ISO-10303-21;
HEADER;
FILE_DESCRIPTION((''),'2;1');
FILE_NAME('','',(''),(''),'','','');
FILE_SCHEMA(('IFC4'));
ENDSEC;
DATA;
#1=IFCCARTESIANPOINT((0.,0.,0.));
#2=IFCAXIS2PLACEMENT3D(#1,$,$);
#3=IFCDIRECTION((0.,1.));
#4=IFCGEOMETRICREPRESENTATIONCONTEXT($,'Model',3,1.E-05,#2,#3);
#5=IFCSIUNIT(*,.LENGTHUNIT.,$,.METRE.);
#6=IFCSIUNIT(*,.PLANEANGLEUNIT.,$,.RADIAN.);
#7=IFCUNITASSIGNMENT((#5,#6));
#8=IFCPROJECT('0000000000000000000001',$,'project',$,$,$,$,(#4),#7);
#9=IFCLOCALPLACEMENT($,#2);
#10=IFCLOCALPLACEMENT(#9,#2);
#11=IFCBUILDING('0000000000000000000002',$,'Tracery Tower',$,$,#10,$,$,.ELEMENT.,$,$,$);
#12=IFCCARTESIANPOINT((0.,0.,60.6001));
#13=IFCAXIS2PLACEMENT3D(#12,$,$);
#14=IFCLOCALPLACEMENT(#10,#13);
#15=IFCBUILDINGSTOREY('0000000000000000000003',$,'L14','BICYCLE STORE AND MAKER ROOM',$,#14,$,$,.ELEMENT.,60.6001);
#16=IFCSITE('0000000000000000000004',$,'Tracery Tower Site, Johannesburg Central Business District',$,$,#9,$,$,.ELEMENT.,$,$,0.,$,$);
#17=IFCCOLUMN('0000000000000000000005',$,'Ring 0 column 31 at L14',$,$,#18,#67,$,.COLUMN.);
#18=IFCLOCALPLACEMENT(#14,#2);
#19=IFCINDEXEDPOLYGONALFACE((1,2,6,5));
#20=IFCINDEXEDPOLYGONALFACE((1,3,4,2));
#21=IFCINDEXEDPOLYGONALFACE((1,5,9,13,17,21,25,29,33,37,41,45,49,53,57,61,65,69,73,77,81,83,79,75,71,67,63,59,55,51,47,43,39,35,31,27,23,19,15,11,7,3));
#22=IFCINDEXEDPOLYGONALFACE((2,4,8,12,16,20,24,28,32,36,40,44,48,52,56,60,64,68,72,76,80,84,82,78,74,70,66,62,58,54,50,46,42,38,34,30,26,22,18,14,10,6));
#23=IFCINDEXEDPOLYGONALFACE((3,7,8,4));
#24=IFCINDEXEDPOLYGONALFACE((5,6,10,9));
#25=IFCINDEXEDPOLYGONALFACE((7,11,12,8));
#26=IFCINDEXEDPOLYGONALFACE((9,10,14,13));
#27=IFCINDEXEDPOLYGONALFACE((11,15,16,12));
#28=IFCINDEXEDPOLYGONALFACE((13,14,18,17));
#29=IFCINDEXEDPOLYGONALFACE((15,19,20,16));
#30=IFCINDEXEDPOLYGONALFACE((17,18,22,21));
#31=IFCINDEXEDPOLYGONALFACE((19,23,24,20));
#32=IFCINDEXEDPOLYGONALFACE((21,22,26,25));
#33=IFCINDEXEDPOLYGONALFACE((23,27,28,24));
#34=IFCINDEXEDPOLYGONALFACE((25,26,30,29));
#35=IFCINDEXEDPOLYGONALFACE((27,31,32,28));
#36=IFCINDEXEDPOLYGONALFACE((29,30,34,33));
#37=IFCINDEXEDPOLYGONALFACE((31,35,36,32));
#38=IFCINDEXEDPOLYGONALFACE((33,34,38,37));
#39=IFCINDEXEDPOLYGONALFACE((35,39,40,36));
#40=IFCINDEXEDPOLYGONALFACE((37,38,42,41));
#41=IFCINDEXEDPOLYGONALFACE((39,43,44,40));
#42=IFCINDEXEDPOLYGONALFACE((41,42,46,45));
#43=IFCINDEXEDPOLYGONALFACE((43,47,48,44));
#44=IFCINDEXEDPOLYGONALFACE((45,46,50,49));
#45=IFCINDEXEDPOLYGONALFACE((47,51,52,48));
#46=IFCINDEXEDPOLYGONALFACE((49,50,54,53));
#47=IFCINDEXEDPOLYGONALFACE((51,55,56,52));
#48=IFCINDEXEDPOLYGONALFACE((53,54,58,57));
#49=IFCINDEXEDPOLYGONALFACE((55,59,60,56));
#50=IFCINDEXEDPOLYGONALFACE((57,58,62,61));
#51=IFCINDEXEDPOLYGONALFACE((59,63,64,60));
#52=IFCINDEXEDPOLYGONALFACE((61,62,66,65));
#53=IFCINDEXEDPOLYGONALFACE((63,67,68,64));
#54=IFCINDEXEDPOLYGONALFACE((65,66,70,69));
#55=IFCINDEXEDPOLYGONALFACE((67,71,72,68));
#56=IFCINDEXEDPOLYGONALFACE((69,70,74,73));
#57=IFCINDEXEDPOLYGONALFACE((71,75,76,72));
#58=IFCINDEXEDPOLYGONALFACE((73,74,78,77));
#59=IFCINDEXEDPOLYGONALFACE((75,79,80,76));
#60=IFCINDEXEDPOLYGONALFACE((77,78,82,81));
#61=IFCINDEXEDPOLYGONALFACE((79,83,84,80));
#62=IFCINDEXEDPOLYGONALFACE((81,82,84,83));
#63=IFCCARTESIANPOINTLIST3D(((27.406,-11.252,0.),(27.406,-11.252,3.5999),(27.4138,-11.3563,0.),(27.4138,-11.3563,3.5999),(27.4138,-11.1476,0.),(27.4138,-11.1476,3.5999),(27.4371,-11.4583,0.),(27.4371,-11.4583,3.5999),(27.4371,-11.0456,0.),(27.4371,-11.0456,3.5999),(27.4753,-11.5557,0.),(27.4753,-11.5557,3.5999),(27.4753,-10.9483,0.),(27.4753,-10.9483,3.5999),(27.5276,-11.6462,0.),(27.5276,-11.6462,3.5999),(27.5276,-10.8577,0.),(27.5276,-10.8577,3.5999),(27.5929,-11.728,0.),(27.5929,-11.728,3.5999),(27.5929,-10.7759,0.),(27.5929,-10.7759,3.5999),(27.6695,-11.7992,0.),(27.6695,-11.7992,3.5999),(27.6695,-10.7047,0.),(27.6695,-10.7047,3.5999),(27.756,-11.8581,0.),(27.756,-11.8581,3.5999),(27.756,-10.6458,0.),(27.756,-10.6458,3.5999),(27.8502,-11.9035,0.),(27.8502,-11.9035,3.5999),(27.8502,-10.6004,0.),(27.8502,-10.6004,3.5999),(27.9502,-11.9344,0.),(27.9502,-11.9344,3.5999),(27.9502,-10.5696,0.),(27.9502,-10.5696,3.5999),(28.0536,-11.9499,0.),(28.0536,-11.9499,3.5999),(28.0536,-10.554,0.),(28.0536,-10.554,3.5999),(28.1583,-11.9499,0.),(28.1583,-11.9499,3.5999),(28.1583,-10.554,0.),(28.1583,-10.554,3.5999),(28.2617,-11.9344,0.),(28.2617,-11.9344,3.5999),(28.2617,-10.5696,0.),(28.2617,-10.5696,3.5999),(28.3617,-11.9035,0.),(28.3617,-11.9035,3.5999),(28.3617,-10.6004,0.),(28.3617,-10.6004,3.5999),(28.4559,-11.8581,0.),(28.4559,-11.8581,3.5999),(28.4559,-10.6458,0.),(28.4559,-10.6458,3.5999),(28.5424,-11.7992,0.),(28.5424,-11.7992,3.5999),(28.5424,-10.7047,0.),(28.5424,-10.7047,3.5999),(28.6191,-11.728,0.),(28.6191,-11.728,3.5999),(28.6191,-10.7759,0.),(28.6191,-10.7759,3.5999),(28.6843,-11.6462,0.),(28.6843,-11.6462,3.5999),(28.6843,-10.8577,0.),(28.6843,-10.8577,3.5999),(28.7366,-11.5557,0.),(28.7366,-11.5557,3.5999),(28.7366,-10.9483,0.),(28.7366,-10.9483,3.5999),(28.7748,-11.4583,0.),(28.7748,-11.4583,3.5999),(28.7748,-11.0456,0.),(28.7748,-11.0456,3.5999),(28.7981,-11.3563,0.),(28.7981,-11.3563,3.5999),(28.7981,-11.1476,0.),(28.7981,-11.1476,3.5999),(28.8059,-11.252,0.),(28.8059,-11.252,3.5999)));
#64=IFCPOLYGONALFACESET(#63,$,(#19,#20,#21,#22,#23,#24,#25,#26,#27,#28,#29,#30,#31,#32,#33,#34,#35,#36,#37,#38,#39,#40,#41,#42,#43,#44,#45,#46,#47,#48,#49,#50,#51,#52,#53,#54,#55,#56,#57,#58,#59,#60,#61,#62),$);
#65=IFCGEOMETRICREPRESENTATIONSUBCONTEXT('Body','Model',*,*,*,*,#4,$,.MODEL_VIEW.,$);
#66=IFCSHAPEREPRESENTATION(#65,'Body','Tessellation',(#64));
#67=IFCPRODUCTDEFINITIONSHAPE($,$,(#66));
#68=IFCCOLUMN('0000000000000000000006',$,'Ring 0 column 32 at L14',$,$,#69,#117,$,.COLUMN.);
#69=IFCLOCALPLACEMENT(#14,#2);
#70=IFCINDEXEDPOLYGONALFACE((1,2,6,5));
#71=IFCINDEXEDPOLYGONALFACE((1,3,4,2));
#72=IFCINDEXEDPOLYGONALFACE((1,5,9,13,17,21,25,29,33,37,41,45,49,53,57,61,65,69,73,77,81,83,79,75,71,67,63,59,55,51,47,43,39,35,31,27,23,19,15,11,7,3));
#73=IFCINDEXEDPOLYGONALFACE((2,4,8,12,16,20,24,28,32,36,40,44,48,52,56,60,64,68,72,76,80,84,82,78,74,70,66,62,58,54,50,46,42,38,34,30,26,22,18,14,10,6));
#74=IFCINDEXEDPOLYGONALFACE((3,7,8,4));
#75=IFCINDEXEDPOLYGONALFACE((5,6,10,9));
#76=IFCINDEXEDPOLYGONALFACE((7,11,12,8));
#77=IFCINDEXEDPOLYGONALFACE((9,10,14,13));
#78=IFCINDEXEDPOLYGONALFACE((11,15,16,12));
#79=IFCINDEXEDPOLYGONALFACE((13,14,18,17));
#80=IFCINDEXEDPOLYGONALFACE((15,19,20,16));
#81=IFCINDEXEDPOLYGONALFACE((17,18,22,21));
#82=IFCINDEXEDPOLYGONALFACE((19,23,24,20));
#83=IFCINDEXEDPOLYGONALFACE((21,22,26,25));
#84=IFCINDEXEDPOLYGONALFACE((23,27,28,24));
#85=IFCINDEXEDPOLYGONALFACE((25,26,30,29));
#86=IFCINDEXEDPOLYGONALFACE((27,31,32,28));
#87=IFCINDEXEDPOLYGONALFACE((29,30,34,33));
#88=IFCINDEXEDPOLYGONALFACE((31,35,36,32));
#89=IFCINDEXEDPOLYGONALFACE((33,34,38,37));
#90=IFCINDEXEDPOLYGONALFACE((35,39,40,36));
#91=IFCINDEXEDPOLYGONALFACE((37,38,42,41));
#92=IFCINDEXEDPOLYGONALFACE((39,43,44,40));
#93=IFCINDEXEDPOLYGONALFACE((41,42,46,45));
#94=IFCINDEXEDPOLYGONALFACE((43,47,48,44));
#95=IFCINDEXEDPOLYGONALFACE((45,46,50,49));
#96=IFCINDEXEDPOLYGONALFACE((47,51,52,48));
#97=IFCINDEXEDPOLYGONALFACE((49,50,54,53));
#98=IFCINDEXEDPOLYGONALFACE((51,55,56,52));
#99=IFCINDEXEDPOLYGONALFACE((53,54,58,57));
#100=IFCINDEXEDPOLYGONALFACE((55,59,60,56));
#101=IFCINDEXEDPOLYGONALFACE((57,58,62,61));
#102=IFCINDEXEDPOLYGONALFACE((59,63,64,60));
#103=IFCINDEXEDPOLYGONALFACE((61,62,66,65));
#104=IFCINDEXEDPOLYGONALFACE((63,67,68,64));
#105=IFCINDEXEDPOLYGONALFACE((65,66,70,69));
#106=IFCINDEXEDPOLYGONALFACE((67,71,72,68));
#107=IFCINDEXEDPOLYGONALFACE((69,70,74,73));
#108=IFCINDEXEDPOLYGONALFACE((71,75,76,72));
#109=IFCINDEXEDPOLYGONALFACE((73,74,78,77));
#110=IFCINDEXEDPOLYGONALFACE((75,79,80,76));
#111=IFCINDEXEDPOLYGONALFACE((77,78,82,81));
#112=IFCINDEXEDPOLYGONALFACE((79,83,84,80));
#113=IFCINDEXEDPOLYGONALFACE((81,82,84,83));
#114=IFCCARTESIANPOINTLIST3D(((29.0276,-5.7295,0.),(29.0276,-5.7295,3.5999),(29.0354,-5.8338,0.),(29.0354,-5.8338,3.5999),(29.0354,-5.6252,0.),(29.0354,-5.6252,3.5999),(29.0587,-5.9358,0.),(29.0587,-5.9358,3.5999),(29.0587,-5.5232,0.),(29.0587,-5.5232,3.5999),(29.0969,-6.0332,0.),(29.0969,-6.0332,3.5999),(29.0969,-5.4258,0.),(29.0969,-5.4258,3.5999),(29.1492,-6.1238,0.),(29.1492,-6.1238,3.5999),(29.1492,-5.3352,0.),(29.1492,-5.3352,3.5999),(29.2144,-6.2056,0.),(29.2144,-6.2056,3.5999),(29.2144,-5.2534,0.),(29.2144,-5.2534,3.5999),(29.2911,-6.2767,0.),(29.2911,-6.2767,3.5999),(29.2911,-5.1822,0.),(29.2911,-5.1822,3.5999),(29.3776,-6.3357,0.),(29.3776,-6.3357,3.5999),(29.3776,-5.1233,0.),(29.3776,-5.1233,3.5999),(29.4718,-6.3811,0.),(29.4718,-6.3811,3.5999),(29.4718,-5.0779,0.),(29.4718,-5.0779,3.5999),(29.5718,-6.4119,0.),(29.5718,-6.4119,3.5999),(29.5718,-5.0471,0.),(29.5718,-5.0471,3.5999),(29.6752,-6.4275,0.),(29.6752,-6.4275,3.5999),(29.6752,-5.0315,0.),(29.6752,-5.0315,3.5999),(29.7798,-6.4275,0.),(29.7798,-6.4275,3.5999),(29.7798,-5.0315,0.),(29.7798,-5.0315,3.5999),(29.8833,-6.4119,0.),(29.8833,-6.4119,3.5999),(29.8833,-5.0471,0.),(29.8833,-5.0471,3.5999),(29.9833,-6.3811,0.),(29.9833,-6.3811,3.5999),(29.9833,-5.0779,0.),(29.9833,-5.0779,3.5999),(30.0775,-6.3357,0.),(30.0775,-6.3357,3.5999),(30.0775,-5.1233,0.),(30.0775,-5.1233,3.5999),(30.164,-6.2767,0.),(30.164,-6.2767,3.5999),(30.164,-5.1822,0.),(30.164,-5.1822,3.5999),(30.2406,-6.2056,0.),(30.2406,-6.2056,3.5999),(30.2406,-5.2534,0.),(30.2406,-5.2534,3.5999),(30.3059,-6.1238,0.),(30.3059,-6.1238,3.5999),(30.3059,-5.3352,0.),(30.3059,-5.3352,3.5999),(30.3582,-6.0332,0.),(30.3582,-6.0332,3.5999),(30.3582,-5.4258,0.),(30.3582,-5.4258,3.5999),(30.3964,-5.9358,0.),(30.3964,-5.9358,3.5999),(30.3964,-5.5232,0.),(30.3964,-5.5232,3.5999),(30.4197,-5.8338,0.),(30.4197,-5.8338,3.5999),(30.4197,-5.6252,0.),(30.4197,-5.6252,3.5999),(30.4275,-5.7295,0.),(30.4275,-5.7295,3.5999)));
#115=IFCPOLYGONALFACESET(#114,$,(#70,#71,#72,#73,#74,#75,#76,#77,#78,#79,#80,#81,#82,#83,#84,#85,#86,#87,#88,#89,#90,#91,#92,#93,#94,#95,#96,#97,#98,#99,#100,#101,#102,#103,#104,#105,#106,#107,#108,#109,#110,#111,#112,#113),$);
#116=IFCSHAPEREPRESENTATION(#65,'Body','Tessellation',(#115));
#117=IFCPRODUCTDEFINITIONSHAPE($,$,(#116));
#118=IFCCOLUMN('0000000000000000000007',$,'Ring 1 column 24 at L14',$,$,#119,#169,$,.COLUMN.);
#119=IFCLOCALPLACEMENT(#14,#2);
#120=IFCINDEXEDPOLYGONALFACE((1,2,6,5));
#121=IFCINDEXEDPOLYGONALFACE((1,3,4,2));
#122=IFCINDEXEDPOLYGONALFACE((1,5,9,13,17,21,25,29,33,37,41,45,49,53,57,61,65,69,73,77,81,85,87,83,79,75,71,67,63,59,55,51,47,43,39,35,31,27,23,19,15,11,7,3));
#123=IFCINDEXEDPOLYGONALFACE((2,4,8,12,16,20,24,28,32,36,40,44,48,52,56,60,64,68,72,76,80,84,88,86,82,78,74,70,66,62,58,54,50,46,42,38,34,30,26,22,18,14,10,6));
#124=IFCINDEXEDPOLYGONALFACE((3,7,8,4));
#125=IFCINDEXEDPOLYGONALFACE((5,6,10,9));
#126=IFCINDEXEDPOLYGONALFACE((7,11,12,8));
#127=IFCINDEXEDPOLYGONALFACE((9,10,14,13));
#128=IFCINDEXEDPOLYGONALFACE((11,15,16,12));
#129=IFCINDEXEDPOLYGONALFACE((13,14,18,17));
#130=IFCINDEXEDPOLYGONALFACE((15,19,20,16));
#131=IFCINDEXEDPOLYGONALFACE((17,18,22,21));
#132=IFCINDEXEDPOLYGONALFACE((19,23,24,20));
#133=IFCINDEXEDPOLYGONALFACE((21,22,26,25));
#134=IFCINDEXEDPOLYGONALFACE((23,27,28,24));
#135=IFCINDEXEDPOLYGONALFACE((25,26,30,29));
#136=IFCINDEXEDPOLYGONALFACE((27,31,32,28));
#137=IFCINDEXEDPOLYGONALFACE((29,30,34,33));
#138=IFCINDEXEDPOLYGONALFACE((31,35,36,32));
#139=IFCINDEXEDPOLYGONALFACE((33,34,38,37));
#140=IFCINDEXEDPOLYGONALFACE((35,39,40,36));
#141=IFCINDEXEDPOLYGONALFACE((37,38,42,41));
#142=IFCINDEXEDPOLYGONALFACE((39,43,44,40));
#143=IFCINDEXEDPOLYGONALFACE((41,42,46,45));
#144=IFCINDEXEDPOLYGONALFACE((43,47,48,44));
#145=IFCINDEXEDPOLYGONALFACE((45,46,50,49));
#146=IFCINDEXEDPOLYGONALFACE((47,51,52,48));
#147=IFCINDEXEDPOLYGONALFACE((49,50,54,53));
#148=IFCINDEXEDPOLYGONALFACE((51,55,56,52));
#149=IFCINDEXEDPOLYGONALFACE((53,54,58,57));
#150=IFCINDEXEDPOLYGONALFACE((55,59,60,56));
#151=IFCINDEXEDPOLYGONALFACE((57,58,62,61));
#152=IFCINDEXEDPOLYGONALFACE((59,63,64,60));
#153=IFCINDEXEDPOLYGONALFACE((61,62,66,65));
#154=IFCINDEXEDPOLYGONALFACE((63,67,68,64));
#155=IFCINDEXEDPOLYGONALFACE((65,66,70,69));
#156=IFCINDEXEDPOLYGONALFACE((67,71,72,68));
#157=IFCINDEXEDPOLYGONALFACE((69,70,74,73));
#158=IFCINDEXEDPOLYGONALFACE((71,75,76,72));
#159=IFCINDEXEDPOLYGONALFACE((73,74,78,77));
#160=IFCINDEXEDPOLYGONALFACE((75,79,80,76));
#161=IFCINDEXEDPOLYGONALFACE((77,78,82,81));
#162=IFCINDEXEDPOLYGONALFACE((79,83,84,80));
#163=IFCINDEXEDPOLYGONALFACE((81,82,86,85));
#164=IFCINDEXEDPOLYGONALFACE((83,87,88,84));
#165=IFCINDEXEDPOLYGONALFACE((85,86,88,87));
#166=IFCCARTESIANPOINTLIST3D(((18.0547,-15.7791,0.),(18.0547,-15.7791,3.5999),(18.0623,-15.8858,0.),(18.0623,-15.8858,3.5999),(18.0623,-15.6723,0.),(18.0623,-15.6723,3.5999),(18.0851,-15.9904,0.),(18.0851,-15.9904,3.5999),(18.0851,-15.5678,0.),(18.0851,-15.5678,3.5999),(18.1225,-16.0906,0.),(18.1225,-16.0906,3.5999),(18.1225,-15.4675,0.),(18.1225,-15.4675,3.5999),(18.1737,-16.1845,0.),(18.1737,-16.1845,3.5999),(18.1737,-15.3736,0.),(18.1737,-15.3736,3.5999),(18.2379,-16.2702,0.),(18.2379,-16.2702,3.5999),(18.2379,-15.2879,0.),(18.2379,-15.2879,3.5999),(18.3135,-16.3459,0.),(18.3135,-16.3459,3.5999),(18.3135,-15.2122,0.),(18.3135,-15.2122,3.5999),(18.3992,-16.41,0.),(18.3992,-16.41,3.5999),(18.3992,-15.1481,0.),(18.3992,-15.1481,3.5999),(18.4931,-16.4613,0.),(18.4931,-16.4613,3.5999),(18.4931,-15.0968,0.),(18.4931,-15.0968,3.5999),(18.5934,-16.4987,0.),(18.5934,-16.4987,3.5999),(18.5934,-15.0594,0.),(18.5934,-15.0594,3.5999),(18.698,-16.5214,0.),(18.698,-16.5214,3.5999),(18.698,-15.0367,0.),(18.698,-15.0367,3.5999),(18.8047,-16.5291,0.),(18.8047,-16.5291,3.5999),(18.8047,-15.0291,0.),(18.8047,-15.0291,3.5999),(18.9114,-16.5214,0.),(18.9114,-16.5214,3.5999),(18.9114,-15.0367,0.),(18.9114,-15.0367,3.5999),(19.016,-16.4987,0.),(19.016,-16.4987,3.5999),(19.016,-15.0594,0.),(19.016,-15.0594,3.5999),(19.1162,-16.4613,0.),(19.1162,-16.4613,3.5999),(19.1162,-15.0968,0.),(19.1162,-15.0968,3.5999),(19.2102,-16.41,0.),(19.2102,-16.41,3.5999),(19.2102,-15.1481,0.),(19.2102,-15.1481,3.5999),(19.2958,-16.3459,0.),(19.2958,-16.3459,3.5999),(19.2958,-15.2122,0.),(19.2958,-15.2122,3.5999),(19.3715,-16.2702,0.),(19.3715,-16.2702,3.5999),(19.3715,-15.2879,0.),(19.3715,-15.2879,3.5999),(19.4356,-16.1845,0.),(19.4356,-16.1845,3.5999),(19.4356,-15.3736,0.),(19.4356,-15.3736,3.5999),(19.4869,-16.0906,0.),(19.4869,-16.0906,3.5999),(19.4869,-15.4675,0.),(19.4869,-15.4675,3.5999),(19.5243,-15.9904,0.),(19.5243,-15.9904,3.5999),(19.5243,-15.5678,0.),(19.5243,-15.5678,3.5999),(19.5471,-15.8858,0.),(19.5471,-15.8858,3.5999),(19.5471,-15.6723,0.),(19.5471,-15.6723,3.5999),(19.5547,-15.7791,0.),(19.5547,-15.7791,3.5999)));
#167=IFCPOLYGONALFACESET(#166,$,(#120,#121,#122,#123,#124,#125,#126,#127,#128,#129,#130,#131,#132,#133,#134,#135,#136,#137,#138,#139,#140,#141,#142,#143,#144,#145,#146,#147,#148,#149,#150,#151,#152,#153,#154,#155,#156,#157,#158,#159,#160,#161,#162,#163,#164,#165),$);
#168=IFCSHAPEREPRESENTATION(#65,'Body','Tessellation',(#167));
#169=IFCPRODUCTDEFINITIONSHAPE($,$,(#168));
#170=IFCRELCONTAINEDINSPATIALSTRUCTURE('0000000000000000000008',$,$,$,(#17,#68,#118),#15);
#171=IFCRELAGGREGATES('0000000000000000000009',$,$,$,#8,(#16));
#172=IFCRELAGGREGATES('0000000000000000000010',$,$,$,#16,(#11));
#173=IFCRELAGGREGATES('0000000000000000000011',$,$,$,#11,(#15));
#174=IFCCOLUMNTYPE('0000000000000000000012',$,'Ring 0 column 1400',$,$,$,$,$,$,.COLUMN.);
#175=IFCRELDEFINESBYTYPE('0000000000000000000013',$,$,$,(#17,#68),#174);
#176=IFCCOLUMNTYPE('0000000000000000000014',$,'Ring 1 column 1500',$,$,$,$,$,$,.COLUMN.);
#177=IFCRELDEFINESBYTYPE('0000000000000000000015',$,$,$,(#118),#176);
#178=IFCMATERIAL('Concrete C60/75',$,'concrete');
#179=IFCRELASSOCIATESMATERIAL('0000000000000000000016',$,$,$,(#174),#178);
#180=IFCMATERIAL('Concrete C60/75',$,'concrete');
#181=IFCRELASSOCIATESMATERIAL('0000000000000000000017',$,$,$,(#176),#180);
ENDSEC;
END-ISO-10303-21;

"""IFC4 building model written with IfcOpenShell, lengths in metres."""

from ifc_helpers import new_model, si_unit, direction, frame, origin, origin_2d, place, context, subcontext, project, spatial, circle, extrude, material, material_profile, profile_set, type_object, element, save


model = new_model("IFC4")

# Units and contexts
model_context = context("Model", 3, precision=1e-05, world=origin(), true_north=direction((0.0, 1.0)))
body_context = subcontext(model_context, "Body", "Model", "MODEL_VIEW")
ifc_project = project(units=[si_unit("LENGTHUNIT", "METRE"), si_unit("PLANEANGLEUNIT", "RADIAN")], contexts=[model_context])

# Site, building, storey
site_placement = place(None, origin())
site = spatial("IfcSite", under=ifc_project, at=site_placement, Name="Tracery Tower Site, Johannesburg Central Business District", CompositionType="ELEMENT", RefElevation=0.0)
building_placement = place(site_placement, origin())
building = spatial("IfcBuilding", under=site, at=building_placement, Name="Tracery Tower", CompositionType="ELEMENT")
storey_placement = place(building_placement, frame((0.0, 0.0, 60.6001)))
storey = spatial("IfcBuildingStorey", under=building, at=storey_placement, Name="L14", Description="BICYCLE STORE AND MAKER ROOM", CompositionType="ELEMENT", Elevation=60.6001)

# Columns
ifc_material_1 = material(Name="Concrete C60/75", Category="concrete")
ifc_material_profile_1 = material_profile(ifc_material_1, circle(Radius=0.7, at=origin_2d()), Name="RC D1400")
ifc_profile_set_1 = profile_set([ifc_material_profile_1], Name="Concrete C60/75")
column_type_1 = type_object("IfcColumnType", Name="Ring 0 column 1400", PredefinedType="COLUMN", material=ifc_profile_set_1)
for number, where, z_axis, x_axis, name in (
    (1, (28.106, -11.252, 0.0), (0.0, 0.0, 1.0), (1.0, 0.0, 0.0), "Ring 0 column 31 at L14"),
    (2, (29.7275, -5.7295, 0.0), (0.0, 0.0, 1.0), (1.0, 0.0, 0.0), "Ring 0 column 32 at L14"),
):
    element("IfcColumn", number, at=place(storey_placement, frame(where, z_axis=z_axis, x_axis=x_axis)), inside=storey, type_object=column_type_1, Name=name, PredefinedType="COLUMN", context=body_context, shape_type="SweptSolid", body=[
        extrude(circle(Radius=0.7, at=origin_2d()), origin(), (0.0, 0.0, 1.0), 3.5999),
    ])
ifc_material_2 = material(Name="Concrete C60/75", Category="concrete")
ifc_material_profile_2 = material_profile(ifc_material_2, circle(Radius=0.75, at=origin_2d()), Name="RC D1500")
ifc_profile_set_2 = profile_set([ifc_material_profile_2], Name="Concrete C60/75")
column_type_2 = type_object("IfcColumnType", Name="Ring 1 column 1500", PredefinedType="COLUMN", material=ifc_profile_set_2)
for number, where, z_axis, x_axis, name in (
    (3, (18.8047, -15.7791, 0.0), (0.0, 0.0, 1.0), (1.0, 0.0, 0.0), "Ring 1 column 24 at L14"),
):
    element("IfcColumn", number, at=place(storey_placement, frame(where, z_axis=z_axis, x_axis=x_axis)), inside=storey, type_object=column_type_2, Name=name, PredefinedType="COLUMN", context=body_context, shape_type="SweptSolid", body=[
        extrude(circle(Radius=0.75, at=origin_2d()), origin(), (0.0, 0.0, 1.0), 3.5999),
    ])

save(model, "model.ifc")
